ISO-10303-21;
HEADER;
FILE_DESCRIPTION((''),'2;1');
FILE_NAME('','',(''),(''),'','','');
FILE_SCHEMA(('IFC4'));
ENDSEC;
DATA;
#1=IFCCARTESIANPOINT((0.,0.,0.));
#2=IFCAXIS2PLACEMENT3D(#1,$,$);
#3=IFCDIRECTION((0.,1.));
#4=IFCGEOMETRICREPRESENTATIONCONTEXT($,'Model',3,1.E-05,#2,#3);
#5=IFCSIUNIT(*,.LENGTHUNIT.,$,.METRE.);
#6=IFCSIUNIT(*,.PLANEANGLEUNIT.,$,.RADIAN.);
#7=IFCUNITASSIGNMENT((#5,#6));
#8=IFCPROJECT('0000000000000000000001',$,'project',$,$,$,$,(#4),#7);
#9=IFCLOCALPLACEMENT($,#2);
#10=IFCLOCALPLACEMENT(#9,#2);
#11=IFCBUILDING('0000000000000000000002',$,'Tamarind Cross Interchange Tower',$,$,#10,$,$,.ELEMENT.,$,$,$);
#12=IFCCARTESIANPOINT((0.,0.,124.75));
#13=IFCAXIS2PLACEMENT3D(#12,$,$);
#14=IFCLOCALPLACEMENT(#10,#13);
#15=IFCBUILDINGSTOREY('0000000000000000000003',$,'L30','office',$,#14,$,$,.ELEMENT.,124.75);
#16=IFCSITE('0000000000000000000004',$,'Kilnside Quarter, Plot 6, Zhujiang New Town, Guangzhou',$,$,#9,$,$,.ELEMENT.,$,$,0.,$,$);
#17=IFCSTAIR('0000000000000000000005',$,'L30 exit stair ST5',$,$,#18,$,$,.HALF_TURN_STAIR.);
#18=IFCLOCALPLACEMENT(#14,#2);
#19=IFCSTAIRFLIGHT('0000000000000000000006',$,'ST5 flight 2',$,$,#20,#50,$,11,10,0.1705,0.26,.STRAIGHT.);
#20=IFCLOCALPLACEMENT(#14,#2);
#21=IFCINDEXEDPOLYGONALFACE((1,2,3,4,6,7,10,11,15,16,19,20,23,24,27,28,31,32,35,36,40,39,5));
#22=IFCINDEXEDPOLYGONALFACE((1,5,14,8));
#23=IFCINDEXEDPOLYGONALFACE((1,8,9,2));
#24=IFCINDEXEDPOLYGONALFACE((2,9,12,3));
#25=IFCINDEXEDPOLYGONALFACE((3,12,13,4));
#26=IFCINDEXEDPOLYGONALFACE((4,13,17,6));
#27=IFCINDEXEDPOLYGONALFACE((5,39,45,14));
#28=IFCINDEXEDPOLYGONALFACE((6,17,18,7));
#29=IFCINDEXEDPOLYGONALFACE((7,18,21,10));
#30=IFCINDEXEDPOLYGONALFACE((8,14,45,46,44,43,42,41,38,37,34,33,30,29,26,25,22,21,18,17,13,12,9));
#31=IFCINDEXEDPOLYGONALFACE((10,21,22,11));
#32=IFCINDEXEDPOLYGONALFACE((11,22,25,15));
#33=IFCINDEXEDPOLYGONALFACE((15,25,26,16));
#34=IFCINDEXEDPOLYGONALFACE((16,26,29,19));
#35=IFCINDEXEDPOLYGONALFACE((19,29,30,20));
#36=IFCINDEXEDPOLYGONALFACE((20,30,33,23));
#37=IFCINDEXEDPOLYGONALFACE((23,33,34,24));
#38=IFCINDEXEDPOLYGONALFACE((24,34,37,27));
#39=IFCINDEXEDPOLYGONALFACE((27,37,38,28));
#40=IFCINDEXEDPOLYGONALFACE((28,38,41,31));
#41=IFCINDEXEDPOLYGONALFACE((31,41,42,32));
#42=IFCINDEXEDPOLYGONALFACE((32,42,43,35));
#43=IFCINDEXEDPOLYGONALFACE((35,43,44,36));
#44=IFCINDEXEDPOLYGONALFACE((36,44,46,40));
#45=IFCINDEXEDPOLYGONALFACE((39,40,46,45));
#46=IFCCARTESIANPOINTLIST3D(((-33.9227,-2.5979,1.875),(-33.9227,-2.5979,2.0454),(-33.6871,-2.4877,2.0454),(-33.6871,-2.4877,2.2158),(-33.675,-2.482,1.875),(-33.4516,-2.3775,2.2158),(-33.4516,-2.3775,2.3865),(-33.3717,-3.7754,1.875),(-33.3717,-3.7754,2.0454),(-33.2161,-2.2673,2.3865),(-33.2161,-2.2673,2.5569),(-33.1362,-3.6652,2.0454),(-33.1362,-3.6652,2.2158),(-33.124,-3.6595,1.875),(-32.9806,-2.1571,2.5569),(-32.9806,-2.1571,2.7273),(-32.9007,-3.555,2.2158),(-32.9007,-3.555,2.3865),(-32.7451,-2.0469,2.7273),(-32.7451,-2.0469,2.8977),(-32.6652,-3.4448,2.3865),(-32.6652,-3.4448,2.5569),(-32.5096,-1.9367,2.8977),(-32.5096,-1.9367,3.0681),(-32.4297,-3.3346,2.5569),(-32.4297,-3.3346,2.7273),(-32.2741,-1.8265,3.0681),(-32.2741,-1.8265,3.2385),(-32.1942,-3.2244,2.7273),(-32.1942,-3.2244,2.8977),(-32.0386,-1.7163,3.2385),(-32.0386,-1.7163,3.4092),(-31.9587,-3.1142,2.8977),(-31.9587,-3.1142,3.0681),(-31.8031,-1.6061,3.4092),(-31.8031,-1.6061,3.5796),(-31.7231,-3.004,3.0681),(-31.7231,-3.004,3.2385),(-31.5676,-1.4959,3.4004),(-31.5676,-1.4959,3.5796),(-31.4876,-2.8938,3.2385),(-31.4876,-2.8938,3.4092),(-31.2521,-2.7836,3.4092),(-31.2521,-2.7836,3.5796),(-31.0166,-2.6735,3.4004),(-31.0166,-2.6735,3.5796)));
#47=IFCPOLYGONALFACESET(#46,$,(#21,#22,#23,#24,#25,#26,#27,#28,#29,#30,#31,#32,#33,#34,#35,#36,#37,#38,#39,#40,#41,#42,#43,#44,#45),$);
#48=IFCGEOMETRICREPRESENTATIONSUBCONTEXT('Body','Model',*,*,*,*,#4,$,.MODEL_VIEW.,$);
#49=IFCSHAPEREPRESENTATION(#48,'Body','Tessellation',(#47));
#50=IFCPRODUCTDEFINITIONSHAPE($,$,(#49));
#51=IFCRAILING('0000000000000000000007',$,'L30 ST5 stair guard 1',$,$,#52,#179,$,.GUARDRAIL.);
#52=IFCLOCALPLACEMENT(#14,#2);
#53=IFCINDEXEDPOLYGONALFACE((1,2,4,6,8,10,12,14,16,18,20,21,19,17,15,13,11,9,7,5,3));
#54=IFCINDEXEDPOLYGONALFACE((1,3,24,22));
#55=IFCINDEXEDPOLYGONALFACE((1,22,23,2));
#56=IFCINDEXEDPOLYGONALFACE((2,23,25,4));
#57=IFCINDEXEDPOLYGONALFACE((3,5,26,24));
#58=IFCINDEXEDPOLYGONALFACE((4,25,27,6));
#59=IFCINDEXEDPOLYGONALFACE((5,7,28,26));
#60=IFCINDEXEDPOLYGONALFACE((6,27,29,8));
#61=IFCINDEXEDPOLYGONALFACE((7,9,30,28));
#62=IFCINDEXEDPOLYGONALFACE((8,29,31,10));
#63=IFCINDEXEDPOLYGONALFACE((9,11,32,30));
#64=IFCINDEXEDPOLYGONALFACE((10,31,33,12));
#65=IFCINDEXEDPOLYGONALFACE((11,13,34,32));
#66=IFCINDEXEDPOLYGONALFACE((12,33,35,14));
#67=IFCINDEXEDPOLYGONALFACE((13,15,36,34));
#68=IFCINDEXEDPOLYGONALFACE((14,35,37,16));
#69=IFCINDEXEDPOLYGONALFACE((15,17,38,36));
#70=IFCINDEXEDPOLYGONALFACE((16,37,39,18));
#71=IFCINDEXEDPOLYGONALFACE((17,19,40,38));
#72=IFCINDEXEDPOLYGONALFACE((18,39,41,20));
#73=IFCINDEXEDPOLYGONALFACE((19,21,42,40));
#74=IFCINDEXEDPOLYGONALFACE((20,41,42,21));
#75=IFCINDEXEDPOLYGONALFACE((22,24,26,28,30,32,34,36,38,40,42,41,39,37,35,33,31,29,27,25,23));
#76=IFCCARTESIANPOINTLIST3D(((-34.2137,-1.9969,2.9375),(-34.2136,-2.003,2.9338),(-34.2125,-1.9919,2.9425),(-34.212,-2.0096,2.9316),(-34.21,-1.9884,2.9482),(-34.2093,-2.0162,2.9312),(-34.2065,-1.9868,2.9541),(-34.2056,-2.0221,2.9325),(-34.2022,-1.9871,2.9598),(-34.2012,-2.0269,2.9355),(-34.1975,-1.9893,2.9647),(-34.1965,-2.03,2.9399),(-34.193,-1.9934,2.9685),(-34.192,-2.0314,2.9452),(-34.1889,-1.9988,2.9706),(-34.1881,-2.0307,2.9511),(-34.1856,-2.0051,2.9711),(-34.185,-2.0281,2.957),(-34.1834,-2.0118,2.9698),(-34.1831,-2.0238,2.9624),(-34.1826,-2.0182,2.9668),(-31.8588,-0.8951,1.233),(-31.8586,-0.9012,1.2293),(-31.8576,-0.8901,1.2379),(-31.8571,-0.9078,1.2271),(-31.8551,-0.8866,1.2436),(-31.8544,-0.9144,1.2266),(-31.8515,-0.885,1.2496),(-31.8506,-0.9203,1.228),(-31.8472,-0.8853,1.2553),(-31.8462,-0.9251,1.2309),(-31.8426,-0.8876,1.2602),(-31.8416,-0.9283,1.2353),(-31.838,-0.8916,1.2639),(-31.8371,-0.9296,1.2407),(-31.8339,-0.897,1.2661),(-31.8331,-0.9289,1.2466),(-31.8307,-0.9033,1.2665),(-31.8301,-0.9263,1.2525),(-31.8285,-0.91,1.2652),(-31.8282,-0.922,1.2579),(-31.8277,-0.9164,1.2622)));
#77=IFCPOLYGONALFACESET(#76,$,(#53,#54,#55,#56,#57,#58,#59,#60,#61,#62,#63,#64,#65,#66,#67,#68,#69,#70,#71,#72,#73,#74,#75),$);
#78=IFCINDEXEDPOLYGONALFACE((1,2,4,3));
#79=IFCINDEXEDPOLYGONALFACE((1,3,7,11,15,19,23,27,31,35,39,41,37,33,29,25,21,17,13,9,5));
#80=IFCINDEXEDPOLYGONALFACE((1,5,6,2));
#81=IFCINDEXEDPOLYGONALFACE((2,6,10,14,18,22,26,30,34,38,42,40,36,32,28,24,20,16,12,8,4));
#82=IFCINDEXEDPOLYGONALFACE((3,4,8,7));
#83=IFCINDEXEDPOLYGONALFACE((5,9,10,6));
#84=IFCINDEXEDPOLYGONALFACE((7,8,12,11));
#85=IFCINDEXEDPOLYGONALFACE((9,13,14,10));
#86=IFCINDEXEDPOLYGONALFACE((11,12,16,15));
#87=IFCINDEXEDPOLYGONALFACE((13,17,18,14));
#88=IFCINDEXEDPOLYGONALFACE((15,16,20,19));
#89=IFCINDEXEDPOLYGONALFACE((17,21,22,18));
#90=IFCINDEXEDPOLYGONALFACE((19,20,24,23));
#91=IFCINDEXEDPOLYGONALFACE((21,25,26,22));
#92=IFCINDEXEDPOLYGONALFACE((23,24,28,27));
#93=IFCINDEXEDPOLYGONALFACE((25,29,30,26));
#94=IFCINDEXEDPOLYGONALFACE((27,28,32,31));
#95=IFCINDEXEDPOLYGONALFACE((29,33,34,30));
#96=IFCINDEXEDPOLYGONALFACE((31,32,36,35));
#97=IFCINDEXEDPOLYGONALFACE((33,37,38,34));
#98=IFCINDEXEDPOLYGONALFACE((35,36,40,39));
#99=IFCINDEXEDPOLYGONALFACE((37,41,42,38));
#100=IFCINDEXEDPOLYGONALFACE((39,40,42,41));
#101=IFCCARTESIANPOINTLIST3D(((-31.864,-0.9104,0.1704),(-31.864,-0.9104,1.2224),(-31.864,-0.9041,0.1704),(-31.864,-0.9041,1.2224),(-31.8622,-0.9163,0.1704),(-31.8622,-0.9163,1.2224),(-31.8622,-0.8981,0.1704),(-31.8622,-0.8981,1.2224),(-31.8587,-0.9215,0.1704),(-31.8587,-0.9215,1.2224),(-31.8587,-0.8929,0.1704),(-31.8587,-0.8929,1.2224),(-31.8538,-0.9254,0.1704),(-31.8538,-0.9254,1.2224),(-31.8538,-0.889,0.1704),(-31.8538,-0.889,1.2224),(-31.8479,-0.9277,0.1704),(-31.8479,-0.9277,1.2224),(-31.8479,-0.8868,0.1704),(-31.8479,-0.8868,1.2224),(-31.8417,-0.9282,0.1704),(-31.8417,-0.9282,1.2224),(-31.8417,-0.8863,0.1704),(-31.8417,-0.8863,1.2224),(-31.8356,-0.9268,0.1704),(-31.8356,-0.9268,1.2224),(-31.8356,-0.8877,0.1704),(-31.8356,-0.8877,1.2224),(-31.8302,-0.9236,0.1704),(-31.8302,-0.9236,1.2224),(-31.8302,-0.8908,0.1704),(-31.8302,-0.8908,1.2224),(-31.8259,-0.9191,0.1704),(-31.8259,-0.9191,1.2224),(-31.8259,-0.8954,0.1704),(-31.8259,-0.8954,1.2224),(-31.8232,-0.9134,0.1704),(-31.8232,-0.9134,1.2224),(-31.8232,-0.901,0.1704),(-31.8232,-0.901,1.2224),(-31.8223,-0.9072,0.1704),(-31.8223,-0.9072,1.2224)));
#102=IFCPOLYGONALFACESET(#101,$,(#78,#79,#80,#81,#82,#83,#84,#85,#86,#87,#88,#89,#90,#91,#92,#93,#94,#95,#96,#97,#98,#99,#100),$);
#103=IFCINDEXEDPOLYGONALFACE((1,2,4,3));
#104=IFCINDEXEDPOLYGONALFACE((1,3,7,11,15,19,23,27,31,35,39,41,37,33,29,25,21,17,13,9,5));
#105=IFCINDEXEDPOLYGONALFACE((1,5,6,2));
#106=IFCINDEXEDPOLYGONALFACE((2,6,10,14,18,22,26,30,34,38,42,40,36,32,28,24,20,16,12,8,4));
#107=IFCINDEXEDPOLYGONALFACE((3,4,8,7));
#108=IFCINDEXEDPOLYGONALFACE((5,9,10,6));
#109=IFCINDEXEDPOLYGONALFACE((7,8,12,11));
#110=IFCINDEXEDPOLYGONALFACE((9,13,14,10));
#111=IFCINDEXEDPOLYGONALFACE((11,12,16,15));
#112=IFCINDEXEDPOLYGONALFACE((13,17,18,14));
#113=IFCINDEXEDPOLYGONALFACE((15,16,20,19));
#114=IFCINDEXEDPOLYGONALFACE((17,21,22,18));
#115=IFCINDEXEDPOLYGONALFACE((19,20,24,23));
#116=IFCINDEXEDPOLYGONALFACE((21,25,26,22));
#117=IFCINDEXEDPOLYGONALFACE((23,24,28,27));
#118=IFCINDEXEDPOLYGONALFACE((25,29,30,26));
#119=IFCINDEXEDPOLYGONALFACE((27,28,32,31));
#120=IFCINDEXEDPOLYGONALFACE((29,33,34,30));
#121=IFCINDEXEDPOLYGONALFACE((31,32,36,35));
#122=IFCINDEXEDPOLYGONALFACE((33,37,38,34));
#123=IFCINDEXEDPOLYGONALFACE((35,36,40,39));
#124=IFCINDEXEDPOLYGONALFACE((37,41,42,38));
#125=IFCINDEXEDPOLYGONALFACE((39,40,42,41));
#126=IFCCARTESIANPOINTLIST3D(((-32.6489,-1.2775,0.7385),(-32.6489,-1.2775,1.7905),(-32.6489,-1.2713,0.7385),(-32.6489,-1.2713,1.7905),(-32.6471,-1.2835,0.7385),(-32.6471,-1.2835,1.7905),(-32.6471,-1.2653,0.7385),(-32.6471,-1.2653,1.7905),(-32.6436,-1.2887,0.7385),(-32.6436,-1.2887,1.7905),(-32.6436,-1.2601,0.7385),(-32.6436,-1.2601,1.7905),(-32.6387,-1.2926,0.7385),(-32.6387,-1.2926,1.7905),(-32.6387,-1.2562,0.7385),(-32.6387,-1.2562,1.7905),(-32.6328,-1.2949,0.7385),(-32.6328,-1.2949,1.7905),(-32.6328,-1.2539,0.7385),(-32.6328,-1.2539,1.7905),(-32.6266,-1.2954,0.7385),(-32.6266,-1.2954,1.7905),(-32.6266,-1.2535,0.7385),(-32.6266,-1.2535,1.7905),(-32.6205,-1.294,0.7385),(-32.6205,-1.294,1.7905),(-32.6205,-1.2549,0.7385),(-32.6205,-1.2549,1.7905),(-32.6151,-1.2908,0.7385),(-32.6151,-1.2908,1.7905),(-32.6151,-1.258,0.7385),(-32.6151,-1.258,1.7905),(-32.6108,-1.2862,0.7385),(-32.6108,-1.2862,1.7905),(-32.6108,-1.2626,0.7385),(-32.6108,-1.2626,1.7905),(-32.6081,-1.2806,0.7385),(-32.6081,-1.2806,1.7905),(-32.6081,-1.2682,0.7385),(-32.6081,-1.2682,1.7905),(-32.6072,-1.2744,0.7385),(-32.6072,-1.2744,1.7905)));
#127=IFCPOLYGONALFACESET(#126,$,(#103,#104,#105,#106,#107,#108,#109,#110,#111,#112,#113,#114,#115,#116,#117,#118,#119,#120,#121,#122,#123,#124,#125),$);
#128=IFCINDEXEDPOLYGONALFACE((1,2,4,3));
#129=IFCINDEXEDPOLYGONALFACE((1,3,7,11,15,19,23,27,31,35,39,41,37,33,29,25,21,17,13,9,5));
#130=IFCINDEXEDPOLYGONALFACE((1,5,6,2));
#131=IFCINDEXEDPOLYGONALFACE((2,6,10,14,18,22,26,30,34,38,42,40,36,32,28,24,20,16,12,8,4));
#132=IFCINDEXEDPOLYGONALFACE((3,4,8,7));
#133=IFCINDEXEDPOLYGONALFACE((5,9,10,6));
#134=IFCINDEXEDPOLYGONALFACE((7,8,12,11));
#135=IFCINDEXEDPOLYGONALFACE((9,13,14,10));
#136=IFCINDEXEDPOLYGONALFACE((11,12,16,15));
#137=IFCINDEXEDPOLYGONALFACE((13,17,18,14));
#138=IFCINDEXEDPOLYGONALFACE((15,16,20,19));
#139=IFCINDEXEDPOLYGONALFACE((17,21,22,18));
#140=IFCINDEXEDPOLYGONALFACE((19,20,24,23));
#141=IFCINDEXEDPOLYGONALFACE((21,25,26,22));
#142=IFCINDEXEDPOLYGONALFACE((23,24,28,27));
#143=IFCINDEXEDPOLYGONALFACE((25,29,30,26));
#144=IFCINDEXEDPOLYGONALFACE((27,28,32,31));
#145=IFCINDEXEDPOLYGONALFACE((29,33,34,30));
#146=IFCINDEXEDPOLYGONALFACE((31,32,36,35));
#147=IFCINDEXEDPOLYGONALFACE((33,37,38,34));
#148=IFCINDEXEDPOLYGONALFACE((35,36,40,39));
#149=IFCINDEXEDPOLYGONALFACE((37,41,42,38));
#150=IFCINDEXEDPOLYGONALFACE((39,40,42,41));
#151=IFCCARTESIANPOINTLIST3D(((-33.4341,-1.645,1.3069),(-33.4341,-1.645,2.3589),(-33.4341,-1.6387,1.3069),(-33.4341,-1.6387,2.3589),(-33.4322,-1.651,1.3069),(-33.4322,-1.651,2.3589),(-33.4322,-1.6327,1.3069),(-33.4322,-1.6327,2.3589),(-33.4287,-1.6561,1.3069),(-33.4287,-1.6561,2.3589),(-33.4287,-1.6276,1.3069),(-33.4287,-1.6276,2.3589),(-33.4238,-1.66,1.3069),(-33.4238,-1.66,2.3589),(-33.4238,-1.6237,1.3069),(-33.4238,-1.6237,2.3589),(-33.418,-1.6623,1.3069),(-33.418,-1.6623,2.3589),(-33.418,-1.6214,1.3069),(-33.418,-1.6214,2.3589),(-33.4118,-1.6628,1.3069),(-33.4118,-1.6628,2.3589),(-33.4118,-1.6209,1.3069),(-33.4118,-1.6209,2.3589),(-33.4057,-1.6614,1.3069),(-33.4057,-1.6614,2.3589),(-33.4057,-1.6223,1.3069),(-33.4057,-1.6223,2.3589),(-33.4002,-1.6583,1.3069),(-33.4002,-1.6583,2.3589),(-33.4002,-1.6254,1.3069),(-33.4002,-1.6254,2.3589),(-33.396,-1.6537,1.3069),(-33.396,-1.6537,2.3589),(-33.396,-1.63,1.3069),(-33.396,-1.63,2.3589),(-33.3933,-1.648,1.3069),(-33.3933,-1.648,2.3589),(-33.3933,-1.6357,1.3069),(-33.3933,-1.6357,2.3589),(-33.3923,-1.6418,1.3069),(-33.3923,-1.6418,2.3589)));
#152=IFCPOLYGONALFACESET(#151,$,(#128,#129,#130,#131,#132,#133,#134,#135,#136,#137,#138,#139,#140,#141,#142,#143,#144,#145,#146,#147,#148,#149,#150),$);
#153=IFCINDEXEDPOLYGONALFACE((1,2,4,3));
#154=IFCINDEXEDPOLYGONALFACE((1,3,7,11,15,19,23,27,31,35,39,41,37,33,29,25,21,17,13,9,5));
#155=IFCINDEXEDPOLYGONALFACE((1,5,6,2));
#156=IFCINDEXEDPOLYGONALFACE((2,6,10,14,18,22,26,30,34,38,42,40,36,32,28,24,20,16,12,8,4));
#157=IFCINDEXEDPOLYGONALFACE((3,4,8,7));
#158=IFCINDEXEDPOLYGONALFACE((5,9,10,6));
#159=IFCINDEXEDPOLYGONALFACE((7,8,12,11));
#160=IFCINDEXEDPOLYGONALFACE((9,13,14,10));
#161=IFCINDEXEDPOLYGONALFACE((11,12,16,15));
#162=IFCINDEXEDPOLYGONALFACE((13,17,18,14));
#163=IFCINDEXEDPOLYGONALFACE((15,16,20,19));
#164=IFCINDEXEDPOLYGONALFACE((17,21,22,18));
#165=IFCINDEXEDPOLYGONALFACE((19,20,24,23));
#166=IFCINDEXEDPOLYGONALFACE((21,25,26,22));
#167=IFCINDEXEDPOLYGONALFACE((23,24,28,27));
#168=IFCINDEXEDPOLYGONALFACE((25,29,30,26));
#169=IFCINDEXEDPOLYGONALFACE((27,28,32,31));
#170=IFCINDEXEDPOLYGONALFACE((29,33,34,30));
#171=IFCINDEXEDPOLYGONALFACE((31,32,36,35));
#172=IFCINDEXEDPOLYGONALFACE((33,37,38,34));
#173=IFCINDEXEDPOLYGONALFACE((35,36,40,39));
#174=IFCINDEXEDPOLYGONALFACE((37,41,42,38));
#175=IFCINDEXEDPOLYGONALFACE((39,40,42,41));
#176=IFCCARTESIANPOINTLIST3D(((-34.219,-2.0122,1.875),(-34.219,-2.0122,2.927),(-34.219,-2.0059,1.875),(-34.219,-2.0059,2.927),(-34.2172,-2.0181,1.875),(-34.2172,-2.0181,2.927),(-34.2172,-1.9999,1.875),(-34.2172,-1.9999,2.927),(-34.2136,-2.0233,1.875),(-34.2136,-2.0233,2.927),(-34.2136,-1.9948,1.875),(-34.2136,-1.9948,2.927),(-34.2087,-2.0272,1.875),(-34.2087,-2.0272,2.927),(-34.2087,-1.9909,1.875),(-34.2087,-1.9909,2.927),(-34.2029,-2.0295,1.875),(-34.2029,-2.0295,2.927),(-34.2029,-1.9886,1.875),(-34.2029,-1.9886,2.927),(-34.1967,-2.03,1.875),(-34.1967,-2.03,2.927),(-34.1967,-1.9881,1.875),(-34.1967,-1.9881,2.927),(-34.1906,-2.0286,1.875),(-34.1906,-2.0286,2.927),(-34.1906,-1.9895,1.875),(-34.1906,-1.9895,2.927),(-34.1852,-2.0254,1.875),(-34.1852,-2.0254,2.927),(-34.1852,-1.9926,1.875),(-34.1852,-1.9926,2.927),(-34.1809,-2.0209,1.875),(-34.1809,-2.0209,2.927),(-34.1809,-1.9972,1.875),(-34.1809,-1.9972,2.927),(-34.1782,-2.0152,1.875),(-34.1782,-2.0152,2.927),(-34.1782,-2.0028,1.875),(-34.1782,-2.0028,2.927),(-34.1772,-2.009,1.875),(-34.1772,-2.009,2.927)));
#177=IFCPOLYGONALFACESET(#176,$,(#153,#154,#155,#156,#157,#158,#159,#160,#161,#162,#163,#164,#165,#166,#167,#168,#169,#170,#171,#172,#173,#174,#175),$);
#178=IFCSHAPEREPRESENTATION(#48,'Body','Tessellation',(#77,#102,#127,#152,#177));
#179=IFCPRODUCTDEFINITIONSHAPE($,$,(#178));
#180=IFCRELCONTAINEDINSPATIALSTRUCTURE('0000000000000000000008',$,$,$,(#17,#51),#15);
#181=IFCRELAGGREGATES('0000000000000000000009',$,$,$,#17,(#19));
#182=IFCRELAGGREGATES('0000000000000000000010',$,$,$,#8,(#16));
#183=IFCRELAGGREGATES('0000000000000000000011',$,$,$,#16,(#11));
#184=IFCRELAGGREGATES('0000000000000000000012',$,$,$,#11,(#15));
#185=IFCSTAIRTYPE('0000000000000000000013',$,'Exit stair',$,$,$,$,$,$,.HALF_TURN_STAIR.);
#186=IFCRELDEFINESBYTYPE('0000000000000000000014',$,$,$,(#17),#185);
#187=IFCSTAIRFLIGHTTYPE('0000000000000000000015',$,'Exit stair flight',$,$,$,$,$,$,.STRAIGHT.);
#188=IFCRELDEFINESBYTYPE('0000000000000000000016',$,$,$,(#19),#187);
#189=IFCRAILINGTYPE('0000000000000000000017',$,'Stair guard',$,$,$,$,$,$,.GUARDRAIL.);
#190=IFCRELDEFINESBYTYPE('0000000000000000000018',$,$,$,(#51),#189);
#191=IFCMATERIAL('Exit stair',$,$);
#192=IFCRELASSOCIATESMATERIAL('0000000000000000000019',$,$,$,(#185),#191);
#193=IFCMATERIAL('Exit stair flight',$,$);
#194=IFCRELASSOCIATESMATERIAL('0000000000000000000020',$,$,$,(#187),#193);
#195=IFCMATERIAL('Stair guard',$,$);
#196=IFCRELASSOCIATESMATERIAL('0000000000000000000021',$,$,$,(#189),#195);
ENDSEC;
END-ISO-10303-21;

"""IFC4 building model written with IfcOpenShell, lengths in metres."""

from ifc_helpers import new_model, si_unit, direction, frame, origin, origin_2d, place, context, subcontext, project, spatial, polyline, circle, outline, extrude, material, type_object, element, aggregate, save


model = new_model("IFC4")

# Units and contexts
model_context = context("Model", 3, precision=1e-05, world=origin(), true_north=direction((0.0, 1.0)))
body_context = subcontext(model_context, "Body", "Model", "MODEL_VIEW")
ifc_project = project(units=[si_unit("LENGTHUNIT", "METRE"), si_unit("PLANEANGLEUNIT", "RADIAN")], contexts=[model_context])

# Site, building, storey
site_placement = place(None, origin())
site = spatial("IfcSite", under=ifc_project, at=site_placement, Name="Kilnside Quarter, Plot 6, Zhujiang New Town, Guangzhou", CompositionType="ELEMENT", RefElevation=0.0)
building_placement = place(site_placement, origin())
building = spatial("IfcBuilding", under=site, at=building_placement, Name="Tamarind Cross Interchange Tower", CompositionType="ELEMENT")
storey_placement = place(building_placement, frame((0.0, 0.0, 124.75)))
storey = spatial("IfcBuildingStorey", under=building, at=storey_placement, Name="L30", Description="office", CompositionType="ELEMENT", Elevation=124.75)

# Stair, stair flight
ifc_material_1 = material(Name="Exit stair")
stair_type = type_object("IfcStairType", Name="Exit stair", PredefinedType="HALF_TURN_STAIR", material=ifc_material_1)
stair_placement = place(storey_placement, origin())
stair = element("IfcStair", 1, at=stair_placement, inside=storey, type_object=stair_type, Name="L30 exit stair ST5", PredefinedType="HALF_TURN_STAIR")
ifc_material_2 = material(Name="Exit stair flight")
stair_flight_type = type_object("IfcStairFlightType", Name="Exit stair flight", PredefinedType="STRAIGHT", material=ifc_material_2)
stair_flight_1_placement = place(storey_placement, frame((-33.6472, -3.1865, 1.875), z_axis=(0.0, 0.0, 1.0), x_axis=(0.905752, 0.423807, 0.0)))
stair_flight_1 = element("IfcStairFlight", 2, at=stair_flight_1_placement, type_object=stair_flight_type, Name="ST5 flight 2", NumberOfRisers=11, NumberOfTreads=10, PredefinedType="STRAIGHT", RiserHeight=0.1705, TreadLength=0.26, context=body_context, shape_type="SweptSolid", body=[
    extrude(outline(polyline([(0.0, 0.0), (0.0, 0.1704), (0.26, 0.1704), (0.26, 0.3408), (0.52, 0.3408), (0.52, 0.5115), (0.78, 0.5115), (0.78, 0.6819), (1.04, 0.6819), (1.04, 0.8523), (1.3, 0.8523), (1.3, 1.0227), (1.5601, 1.0227), (1.5601, 1.1931), (1.8201, 1.1931), (1.8201, 1.3635), (2.0801, 1.3635), (2.0801, 1.5342), (2.3401, 1.5342), (2.3401, 1.7046), (2.6001, 1.7046), (2.6001, 1.875), (2.6001, 1.5254), (0.2734, 0.0), (0.0, 0.0)])), frame((0.0, 0.6499, 0.0), z_axis=(0.0, -1.0, 0.0), x_axis=(1.0, 0.0, 0.0)), (0.0, 0.0, 1.0), 1.3),
])
aggregate(stair, [stair_flight_1])

# Railing
ifc_material_3 = material(Name="Stair guard")
railing_type_1 = type_object("IfcRailingType", Name="Stair guard", PredefinedType="GUARDRAIL", material=ifc_material_3)
railing_1_placement = place(storey_placement, frame((-31.8433, -0.9072, 0.1704)))
element("IfcRailing", 3, at=railing_1_placement, inside=storey, type_object=railing_type_1, Name="L30 ST5 stair guard 1", PredefinedType="GUARDRAIL", context=body_context, shape_type="SweptSolid", body=[
    extrude(circle(Radius=0.0239, at=origin_2d()), frame((0.0, 0.0, 1.0762), z_axis=(-0.757485, -0.354399, 0.548286), x_axis=(0.423775, -0.905768, 0.0)), (0.0, 0.0, 1.0), 3.1089),
    extrude(circle(Radius=0.021, at=origin_2d()), origin(), (0.0, 0.0, 1.0), 1.052),
    extrude(circle(Radius=0.021, at=origin_2d()), frame((-0.7849, -0.3672, 0.5681)), (0.0, 0.0, 1.0), 1.052),
    extrude(circle(Radius=0.021, at=origin_2d()), frame((-1.5701, -0.7346, 1.1365)), (0.0, 0.0, 1.0), 1.052),
    extrude(circle(Radius=0.021, at=origin_2d()), frame((-2.355, -1.1018, 1.7046)), (0.0, 0.0, 1.0), 1.052),
])

save(model, "model.ifc")
